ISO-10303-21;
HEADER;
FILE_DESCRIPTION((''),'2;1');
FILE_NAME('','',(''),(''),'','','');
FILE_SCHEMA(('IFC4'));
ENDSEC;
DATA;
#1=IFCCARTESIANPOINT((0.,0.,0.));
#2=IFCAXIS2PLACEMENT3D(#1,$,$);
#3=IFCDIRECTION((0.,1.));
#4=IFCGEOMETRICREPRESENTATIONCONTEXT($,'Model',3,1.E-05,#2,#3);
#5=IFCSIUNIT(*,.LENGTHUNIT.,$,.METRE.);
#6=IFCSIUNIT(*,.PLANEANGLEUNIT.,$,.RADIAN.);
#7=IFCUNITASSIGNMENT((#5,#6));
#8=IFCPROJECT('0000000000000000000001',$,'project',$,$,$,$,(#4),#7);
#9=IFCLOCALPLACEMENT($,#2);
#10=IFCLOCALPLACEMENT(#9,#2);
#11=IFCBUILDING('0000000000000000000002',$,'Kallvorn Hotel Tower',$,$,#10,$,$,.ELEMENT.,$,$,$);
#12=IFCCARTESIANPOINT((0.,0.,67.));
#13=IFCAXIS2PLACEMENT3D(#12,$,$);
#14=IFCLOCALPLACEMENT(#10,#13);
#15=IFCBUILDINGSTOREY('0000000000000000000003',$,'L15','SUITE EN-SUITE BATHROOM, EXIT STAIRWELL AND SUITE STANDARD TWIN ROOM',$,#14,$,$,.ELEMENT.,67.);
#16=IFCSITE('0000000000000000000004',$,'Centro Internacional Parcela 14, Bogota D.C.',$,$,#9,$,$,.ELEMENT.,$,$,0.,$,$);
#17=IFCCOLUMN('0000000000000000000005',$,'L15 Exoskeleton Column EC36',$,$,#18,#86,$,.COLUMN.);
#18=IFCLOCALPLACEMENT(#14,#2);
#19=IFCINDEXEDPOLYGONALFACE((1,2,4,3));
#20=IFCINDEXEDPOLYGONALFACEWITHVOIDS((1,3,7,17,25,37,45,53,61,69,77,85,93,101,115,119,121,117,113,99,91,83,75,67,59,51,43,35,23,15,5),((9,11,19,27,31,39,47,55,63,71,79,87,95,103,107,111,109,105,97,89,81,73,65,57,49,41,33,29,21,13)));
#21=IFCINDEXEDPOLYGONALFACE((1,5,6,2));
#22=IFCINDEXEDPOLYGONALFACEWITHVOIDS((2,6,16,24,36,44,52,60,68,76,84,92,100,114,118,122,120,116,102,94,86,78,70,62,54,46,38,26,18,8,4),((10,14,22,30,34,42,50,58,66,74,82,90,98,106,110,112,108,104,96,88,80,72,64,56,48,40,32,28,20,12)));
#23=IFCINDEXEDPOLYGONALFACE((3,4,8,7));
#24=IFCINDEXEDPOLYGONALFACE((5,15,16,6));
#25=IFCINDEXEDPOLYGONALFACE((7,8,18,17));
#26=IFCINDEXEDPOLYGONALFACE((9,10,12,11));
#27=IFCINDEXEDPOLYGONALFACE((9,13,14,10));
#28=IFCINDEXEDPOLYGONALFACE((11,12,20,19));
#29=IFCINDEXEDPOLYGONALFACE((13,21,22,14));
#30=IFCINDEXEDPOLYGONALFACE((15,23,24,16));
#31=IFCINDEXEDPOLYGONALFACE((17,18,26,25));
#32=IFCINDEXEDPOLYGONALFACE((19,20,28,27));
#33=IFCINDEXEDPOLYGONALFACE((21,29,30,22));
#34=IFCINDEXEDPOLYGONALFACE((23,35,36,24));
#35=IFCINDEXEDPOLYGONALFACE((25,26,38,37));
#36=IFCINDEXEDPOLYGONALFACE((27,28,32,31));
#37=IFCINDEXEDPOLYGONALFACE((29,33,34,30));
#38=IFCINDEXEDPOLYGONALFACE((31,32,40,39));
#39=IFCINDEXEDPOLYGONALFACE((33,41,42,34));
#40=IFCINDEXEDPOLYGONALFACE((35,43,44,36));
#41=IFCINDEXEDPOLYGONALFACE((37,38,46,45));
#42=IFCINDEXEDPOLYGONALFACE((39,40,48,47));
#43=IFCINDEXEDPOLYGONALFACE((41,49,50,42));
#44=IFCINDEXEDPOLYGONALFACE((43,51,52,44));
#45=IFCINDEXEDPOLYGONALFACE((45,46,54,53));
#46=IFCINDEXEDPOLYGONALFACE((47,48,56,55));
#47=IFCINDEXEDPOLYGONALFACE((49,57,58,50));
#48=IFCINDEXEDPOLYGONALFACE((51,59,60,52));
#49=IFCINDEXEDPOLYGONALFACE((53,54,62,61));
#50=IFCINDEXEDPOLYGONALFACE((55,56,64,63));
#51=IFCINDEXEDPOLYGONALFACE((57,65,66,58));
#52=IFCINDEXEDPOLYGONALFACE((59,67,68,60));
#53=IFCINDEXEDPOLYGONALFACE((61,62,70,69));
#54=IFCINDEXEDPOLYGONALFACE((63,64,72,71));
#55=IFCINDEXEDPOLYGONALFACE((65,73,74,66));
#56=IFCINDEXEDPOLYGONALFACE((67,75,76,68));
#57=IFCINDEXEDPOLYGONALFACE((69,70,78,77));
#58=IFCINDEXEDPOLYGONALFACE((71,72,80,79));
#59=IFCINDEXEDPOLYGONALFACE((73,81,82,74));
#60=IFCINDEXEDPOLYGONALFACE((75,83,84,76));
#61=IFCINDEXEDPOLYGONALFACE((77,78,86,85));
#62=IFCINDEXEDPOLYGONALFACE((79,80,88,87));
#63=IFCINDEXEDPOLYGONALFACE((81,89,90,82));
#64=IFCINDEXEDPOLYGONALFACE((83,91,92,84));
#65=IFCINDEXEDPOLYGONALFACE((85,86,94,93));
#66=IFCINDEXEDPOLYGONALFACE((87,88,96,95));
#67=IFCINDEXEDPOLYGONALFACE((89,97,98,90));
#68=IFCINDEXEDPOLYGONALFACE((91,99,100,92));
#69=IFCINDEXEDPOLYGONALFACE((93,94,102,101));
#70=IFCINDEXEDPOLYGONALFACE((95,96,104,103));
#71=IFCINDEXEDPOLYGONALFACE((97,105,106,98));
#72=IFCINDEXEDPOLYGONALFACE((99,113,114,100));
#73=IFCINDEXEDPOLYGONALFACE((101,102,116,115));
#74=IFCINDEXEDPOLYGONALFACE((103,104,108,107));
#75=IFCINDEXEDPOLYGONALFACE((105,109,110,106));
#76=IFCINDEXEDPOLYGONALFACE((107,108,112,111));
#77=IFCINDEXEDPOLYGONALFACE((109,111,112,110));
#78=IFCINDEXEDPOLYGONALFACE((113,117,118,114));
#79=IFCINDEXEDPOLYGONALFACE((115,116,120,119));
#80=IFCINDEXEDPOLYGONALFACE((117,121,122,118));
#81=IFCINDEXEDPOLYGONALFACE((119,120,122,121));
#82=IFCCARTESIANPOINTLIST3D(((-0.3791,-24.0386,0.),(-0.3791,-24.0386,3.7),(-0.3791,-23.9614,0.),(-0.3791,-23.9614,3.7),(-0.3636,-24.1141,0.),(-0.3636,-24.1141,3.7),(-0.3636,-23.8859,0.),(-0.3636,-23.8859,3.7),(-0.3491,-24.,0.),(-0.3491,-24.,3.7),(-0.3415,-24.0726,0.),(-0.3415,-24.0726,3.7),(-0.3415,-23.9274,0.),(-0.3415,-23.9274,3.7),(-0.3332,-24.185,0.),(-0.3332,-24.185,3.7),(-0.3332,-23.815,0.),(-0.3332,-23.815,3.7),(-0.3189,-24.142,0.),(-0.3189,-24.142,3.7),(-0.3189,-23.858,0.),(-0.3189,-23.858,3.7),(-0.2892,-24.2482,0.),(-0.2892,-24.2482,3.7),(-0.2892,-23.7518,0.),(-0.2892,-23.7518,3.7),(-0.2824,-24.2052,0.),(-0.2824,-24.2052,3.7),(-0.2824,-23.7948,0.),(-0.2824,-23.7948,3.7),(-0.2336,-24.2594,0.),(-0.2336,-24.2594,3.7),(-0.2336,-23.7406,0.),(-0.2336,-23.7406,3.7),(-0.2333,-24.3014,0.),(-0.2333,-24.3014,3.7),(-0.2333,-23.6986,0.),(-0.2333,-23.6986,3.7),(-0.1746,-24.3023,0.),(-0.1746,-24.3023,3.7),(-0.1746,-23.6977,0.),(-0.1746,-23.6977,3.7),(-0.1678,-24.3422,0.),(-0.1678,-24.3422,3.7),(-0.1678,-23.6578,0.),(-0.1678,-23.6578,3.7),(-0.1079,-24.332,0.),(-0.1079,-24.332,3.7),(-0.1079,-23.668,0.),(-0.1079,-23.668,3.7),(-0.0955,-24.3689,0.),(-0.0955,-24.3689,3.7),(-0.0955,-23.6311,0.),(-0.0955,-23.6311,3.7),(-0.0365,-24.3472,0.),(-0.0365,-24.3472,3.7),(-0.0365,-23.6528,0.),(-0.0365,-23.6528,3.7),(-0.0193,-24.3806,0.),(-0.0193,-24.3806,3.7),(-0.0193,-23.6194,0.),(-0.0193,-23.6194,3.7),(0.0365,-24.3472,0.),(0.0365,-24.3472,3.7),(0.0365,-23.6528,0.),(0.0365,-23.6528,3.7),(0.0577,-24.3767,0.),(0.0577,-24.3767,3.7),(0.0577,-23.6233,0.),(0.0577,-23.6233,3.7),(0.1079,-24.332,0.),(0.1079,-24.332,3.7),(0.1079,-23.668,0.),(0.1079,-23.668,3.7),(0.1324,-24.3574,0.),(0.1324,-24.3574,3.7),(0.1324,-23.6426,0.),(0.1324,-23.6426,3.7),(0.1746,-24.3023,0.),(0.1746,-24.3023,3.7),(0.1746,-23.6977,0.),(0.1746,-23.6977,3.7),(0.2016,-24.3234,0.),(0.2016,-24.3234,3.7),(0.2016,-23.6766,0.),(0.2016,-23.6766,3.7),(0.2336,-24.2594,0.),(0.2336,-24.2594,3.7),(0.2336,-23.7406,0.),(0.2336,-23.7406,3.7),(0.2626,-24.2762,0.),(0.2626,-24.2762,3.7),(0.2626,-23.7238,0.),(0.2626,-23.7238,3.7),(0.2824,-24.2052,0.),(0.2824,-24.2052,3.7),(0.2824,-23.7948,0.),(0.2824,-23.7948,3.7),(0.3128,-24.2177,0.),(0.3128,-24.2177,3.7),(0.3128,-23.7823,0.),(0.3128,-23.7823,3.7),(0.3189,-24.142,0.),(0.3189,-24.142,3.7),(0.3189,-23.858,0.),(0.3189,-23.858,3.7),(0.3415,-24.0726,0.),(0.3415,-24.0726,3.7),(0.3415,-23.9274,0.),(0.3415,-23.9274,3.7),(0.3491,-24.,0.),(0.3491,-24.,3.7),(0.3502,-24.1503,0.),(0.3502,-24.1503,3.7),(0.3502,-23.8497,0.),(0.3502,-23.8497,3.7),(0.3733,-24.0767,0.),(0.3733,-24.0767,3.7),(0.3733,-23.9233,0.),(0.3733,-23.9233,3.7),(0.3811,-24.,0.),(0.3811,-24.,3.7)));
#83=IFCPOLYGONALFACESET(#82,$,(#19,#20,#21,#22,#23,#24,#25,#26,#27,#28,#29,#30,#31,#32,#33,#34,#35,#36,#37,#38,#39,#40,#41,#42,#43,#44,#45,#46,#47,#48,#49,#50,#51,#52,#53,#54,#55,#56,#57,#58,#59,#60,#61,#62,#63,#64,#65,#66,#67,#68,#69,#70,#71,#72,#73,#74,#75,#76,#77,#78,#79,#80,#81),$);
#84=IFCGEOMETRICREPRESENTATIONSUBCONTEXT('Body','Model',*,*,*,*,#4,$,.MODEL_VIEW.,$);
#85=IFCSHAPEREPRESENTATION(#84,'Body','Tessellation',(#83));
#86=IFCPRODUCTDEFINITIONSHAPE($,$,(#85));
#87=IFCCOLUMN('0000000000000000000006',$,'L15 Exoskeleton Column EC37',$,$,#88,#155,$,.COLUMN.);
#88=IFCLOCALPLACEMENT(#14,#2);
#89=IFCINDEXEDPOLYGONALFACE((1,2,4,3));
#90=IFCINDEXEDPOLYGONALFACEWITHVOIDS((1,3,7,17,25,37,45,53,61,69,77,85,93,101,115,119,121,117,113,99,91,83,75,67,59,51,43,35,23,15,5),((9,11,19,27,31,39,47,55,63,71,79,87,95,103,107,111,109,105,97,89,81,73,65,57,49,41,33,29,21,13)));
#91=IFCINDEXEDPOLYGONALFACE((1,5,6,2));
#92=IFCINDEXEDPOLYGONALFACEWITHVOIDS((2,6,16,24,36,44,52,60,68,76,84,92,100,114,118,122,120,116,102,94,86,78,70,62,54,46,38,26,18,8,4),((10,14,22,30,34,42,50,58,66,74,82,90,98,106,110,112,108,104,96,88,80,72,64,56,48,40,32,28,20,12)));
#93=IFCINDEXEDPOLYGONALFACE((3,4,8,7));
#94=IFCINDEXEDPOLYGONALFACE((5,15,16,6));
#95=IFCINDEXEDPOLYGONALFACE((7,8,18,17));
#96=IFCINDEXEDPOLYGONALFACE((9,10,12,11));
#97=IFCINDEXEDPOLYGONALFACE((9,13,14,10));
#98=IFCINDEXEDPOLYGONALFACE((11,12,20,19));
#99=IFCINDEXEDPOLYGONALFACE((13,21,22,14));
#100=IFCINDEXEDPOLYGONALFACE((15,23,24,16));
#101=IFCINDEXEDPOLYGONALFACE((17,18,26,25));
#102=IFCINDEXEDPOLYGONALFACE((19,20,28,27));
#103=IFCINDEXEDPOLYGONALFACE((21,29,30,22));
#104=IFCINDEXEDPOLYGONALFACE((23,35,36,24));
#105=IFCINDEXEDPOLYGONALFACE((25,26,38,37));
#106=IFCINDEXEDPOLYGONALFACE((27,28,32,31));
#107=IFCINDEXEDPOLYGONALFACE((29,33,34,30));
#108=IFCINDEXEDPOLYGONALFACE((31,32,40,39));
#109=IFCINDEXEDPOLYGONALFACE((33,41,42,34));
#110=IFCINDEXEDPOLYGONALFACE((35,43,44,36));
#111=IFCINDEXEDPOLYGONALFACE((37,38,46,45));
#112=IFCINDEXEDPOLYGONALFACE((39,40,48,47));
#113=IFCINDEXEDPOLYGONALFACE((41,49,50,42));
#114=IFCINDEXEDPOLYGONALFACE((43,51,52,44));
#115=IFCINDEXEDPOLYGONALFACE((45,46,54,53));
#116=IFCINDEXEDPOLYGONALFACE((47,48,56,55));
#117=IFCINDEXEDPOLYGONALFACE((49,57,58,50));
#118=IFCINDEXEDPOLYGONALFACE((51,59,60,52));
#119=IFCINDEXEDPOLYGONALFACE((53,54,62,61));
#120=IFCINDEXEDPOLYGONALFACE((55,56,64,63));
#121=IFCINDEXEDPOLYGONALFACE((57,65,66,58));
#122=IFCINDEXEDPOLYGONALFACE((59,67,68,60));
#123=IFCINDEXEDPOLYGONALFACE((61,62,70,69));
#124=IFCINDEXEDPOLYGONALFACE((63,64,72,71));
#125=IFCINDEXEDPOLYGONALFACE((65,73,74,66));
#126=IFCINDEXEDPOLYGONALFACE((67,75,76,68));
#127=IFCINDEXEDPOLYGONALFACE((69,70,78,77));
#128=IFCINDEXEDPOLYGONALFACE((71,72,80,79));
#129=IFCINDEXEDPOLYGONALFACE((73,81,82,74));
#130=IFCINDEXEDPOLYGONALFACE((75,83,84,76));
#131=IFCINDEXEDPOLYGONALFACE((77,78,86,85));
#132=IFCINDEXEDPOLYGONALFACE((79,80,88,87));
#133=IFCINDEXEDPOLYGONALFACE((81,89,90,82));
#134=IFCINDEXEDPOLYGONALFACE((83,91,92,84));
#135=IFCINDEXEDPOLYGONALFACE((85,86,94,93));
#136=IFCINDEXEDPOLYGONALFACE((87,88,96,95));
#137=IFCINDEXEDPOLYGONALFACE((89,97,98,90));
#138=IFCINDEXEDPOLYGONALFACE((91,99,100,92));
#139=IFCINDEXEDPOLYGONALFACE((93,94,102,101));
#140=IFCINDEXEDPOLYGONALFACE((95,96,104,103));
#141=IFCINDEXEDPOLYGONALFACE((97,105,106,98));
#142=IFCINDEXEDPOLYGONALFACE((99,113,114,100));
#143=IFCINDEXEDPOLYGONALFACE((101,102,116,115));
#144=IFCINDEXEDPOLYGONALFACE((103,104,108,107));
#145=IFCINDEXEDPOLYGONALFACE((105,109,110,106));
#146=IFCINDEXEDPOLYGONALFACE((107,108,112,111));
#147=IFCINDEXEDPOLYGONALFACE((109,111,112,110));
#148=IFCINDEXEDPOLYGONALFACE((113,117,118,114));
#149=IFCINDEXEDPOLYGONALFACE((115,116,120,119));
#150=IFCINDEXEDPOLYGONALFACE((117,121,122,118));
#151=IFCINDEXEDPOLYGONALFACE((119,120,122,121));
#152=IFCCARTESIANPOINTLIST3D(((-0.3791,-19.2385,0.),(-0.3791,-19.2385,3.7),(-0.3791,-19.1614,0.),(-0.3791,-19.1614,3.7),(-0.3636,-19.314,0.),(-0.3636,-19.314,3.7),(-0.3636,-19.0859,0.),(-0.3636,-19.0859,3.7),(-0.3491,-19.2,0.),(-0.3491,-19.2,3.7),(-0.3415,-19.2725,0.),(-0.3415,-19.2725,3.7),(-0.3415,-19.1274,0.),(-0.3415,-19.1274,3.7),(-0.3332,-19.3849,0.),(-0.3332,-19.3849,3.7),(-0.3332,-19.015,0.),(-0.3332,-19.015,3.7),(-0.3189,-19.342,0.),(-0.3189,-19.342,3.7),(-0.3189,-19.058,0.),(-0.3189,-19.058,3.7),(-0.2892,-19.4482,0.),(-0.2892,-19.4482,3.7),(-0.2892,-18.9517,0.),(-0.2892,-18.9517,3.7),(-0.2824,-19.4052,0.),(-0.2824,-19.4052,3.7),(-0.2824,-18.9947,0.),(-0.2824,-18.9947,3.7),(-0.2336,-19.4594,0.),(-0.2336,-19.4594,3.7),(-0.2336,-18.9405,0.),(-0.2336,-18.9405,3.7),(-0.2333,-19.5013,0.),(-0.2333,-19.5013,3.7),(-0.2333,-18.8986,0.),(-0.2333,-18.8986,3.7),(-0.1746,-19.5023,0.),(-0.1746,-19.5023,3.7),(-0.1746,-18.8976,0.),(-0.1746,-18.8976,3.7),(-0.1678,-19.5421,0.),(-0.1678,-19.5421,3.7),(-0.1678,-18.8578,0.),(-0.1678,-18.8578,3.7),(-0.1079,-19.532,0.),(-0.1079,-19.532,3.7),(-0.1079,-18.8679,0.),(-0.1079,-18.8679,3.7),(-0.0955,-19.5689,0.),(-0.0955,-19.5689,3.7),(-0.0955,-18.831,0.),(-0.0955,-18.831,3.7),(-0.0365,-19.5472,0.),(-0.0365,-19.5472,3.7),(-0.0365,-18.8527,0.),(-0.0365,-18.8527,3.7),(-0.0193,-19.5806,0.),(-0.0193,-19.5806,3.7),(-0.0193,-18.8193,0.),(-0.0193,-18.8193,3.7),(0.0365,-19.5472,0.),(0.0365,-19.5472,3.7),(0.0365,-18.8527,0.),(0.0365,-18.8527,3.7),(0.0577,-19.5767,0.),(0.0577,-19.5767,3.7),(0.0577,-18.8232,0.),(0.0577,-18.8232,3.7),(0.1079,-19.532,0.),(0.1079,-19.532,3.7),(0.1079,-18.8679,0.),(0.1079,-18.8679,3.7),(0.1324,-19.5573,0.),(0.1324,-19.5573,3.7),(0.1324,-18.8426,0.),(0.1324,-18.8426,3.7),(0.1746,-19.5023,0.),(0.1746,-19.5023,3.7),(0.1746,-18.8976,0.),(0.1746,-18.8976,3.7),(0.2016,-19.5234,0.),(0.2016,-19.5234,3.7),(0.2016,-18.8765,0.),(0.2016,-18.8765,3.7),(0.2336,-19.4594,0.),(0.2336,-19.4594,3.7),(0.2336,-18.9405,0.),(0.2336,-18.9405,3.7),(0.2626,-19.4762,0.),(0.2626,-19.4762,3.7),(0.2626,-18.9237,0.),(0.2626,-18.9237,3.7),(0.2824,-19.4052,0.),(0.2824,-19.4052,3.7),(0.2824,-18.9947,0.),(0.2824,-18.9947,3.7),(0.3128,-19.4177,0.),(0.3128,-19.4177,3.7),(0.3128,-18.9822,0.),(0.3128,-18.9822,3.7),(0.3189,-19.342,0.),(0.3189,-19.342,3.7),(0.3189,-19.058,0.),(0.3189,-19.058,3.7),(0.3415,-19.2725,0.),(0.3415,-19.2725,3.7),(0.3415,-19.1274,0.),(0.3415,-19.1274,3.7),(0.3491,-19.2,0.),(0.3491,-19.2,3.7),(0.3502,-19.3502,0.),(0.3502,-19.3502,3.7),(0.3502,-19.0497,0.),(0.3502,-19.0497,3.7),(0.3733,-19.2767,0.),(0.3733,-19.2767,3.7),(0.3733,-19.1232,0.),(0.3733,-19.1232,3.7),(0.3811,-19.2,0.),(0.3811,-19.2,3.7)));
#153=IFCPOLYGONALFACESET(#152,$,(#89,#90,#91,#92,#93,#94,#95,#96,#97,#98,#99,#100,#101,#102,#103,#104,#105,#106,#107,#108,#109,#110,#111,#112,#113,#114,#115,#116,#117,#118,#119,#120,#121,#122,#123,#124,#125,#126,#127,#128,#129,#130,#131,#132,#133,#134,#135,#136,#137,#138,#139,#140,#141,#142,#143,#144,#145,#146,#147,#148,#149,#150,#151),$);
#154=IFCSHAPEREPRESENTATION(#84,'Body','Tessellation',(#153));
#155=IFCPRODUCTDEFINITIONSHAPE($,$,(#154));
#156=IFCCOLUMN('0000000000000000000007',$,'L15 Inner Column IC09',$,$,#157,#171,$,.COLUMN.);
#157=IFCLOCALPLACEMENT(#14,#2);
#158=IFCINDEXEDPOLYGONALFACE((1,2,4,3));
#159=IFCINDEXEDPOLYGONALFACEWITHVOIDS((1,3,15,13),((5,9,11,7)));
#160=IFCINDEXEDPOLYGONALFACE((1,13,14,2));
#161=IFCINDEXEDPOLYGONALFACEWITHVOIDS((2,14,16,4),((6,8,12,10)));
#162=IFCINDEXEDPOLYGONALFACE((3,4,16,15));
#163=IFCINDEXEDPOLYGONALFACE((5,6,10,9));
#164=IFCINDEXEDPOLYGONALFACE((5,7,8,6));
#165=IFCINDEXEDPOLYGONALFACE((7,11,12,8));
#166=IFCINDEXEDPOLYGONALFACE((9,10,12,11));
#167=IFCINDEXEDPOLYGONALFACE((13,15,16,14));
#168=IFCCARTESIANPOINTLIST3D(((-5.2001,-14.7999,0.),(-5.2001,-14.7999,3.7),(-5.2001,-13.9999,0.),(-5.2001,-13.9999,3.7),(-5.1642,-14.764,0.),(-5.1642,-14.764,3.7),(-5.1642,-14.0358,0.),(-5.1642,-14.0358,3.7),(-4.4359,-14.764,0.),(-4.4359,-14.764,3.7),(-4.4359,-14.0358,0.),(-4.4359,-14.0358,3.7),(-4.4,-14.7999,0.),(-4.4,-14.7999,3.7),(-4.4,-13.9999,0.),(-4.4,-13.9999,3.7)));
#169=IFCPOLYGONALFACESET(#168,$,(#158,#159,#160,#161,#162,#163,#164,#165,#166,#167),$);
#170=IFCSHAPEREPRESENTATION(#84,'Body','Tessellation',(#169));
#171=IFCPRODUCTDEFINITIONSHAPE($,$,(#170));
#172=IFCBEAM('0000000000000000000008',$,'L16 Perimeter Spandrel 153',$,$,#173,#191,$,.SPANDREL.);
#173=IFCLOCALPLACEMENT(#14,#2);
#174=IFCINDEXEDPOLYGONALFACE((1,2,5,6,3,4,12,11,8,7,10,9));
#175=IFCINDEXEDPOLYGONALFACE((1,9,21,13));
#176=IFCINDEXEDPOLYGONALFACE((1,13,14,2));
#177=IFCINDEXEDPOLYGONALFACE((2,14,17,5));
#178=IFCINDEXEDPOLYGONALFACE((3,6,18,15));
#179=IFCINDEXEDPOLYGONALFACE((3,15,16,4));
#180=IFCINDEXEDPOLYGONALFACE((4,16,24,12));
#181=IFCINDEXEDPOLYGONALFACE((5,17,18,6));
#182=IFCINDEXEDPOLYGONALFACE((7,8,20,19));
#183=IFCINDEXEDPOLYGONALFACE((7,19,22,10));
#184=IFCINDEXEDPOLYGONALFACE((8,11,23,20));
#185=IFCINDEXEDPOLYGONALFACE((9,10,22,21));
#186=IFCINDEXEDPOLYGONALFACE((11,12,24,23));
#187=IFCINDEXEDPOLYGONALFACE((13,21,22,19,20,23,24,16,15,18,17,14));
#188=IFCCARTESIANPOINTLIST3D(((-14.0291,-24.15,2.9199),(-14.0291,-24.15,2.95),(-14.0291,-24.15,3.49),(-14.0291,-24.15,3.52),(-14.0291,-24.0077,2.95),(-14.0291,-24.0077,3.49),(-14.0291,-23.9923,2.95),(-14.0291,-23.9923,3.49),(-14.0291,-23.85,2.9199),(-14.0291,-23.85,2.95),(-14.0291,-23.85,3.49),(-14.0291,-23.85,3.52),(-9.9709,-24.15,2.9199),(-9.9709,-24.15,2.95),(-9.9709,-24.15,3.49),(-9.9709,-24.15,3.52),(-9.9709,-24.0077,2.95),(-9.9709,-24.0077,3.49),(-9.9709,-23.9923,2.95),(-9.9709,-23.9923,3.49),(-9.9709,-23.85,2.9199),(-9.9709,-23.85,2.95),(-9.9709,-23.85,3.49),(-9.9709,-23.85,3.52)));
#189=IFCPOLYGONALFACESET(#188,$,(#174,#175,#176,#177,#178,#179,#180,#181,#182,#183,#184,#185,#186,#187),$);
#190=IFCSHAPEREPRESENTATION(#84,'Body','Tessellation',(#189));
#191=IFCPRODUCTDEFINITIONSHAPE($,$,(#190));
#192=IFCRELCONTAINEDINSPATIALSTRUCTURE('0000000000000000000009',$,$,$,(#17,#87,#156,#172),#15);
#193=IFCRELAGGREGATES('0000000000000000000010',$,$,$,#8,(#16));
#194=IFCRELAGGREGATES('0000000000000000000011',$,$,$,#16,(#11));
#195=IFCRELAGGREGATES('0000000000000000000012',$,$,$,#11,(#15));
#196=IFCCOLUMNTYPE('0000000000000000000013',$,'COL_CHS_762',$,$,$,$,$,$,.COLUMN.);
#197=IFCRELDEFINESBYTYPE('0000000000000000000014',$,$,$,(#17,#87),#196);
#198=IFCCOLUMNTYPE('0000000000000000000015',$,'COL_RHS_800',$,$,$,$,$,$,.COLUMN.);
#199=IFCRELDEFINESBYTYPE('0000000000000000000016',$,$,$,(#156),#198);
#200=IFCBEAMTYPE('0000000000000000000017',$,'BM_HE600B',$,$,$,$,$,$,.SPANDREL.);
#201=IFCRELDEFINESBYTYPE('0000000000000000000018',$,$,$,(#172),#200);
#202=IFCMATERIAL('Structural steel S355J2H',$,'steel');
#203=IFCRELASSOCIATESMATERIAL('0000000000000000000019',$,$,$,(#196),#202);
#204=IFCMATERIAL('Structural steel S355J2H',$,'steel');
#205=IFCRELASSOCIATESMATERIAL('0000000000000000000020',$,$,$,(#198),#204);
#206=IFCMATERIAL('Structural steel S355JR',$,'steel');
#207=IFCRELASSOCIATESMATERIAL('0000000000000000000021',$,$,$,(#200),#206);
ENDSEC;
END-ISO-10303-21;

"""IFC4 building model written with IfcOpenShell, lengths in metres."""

from ifc_helpers import new_model, si_unit, direction, frame, origin, origin_2d, place, context, subcontext, project, spatial, hollow_rectangle, hollow_circle, i_section, extrude, material, material_profile, profile_set, type_object, element, save


model = new_model("IFC4")

# Units and contexts
model_context = context("Model", 3, precision=1e-05, world=origin(), true_north=direction((0.0, 1.0)))
body_context = subcontext(model_context, "Body", "Model", "MODEL_VIEW")
ifc_project = project(units=[si_unit("LENGTHUNIT", "METRE"), si_unit("PLANEANGLEUNIT", "RADIAN")], contexts=[model_context])

# Site, building, storey
site_placement = place(None, origin())
site = spatial("IfcSite", under=ifc_project, at=site_placement, Name="Centro Internacional Parcela 14, Bogota D.C.", CompositionType="ELEMENT", RefElevation=0.0)
building_placement = place(site_placement, origin())
building = spatial("IfcBuilding", under=site, at=building_placement, Name="Kallvorn Hotel Tower", CompositionType="ELEMENT")
storey_placement = place(building_placement, frame((0.0, 0.0, 67.0)))
storey = spatial("IfcBuildingStorey", under=building, at=storey_placement, Name="L15", Description="SUITE EN-SUITE BATHROOM, EXIT STAIRWELL AND SUITE STANDARD TWIN ROOM", CompositionType="ELEMENT", Elevation=67.0)

# Columns
ifc_material_1 = material(Name="Structural steel S355J2H", Category="steel")
ifc_material_profile_1 = material_profile(ifc_material_1, hollow_circle(Radius=0.3811, WallThickness=0.032, at=origin_2d()), Name="CHS 762x32")
ifc_profile_set_1 = profile_set([ifc_material_profile_1], Name="Structural steel S355J2H")
column_type_1 = type_object("IfcColumnType", Name="COL_CHS_762", PredefinedType="COLUMN", material=ifc_profile_set_1)
for number, where, z_axis, x_axis, name in (
    (1, (0.0, -24.0, 0.0), (0.0, 0.0, 1.0), (1.0, 0.0, 0.0), "L15 Exoskeleton Column EC36"),
    (2, (0.0, -19.2, 0.0), (0.0, 0.0, 1.0), (1.0, 0.0, 0.0), "L15 Exoskeleton Column EC37"),
):
    element("IfcColumn", number, at=place(storey_placement, frame(where, z_axis=z_axis, x_axis=x_axis)), inside=storey, type_object=column_type_1, Name=name, PredefinedType="COLUMN", context=body_context, shape_type="SweptSolid", body=[
        extrude(hollow_circle(Radius=0.3811, WallThickness=0.032, at=origin_2d()), origin(), (0.0, 0.0, 1.0), 3.7),
    ])
ifc_material_2 = material(Name="Structural steel S355J2H", Category="steel")
ifc_material_profile_2 = material_profile(ifc_material_2, hollow_rectangle(XDim=0.8, YDim=0.8, WallThickness=0.0359, at=origin_2d()), Name="RHS 800x800x36")
ifc_profile_set_2 = profile_set([ifc_material_profile_2], Name="Structural steel S355J2H")
column_type_2 = type_object("IfcColumnType", Name="COL_RHS_800", PredefinedType="COLUMN", material=ifc_profile_set_2)
column_placement = place(storey_placement, frame((-4.8, -14.3999, 0.0), z_axis=(0.0, 0.0, 1.0), x_axis=(1.0, 0.0, 0.0)))
element("IfcColumn", 3, at=column_placement, inside=storey, type_object=column_type_2, Name="L15 Inner Column IC09", PredefinedType="COLUMN", context=body_context, shape_type="SweptSolid", body=[
    extrude(hollow_rectangle(XDim=0.8, YDim=0.8, WallThickness=0.0359, at=origin_2d()), origin(), (0.0, 0.0, 1.0), 3.7),
])

# Beam
ifc_material_3 = material(Name="Structural steel S355JR", Category="steel")
ifc_material_profile_3 = material_profile(ifc_material_3, i_section(OverallWidth=0.3, OverallDepth=0.6001, WebThickness=0.0154, FlangeThickness=0.03, at=origin_2d()), Name="HE 600 B")
ifc_profile_set_3 = profile_set([ifc_material_profile_3], Name="Structural steel S355JR")
beam_type_1 = type_object("IfcBeamType", Name="BM_HE600B", PredefinedType="SPANDREL", material=ifc_profile_set_3)
for number, where, z_axis, x_axis, name in (
    (4, (-14.0291, -24.0, 3.22), (1.0, 0.0, 0.0), (0.0, 1.0, 0.0), "L16 Perimeter Spandrel 153"),
):
    element("IfcBeam", number, at=place(storey_placement, frame(where, z_axis=z_axis, x_axis=x_axis)), inside=storey, type_object=beam_type_1, Name=name, PredefinedType="SPANDREL", context=body_context, shape_type="SweptSolid", body=[
        extrude(i_section(OverallWidth=0.3, OverallDepth=0.6001, WebThickness=0.0154, FlangeThickness=0.03, at=origin_2d()), origin(), (0.0, 0.0, 1.0), 4.0581),
    ])

save(model, "model.ifc")
